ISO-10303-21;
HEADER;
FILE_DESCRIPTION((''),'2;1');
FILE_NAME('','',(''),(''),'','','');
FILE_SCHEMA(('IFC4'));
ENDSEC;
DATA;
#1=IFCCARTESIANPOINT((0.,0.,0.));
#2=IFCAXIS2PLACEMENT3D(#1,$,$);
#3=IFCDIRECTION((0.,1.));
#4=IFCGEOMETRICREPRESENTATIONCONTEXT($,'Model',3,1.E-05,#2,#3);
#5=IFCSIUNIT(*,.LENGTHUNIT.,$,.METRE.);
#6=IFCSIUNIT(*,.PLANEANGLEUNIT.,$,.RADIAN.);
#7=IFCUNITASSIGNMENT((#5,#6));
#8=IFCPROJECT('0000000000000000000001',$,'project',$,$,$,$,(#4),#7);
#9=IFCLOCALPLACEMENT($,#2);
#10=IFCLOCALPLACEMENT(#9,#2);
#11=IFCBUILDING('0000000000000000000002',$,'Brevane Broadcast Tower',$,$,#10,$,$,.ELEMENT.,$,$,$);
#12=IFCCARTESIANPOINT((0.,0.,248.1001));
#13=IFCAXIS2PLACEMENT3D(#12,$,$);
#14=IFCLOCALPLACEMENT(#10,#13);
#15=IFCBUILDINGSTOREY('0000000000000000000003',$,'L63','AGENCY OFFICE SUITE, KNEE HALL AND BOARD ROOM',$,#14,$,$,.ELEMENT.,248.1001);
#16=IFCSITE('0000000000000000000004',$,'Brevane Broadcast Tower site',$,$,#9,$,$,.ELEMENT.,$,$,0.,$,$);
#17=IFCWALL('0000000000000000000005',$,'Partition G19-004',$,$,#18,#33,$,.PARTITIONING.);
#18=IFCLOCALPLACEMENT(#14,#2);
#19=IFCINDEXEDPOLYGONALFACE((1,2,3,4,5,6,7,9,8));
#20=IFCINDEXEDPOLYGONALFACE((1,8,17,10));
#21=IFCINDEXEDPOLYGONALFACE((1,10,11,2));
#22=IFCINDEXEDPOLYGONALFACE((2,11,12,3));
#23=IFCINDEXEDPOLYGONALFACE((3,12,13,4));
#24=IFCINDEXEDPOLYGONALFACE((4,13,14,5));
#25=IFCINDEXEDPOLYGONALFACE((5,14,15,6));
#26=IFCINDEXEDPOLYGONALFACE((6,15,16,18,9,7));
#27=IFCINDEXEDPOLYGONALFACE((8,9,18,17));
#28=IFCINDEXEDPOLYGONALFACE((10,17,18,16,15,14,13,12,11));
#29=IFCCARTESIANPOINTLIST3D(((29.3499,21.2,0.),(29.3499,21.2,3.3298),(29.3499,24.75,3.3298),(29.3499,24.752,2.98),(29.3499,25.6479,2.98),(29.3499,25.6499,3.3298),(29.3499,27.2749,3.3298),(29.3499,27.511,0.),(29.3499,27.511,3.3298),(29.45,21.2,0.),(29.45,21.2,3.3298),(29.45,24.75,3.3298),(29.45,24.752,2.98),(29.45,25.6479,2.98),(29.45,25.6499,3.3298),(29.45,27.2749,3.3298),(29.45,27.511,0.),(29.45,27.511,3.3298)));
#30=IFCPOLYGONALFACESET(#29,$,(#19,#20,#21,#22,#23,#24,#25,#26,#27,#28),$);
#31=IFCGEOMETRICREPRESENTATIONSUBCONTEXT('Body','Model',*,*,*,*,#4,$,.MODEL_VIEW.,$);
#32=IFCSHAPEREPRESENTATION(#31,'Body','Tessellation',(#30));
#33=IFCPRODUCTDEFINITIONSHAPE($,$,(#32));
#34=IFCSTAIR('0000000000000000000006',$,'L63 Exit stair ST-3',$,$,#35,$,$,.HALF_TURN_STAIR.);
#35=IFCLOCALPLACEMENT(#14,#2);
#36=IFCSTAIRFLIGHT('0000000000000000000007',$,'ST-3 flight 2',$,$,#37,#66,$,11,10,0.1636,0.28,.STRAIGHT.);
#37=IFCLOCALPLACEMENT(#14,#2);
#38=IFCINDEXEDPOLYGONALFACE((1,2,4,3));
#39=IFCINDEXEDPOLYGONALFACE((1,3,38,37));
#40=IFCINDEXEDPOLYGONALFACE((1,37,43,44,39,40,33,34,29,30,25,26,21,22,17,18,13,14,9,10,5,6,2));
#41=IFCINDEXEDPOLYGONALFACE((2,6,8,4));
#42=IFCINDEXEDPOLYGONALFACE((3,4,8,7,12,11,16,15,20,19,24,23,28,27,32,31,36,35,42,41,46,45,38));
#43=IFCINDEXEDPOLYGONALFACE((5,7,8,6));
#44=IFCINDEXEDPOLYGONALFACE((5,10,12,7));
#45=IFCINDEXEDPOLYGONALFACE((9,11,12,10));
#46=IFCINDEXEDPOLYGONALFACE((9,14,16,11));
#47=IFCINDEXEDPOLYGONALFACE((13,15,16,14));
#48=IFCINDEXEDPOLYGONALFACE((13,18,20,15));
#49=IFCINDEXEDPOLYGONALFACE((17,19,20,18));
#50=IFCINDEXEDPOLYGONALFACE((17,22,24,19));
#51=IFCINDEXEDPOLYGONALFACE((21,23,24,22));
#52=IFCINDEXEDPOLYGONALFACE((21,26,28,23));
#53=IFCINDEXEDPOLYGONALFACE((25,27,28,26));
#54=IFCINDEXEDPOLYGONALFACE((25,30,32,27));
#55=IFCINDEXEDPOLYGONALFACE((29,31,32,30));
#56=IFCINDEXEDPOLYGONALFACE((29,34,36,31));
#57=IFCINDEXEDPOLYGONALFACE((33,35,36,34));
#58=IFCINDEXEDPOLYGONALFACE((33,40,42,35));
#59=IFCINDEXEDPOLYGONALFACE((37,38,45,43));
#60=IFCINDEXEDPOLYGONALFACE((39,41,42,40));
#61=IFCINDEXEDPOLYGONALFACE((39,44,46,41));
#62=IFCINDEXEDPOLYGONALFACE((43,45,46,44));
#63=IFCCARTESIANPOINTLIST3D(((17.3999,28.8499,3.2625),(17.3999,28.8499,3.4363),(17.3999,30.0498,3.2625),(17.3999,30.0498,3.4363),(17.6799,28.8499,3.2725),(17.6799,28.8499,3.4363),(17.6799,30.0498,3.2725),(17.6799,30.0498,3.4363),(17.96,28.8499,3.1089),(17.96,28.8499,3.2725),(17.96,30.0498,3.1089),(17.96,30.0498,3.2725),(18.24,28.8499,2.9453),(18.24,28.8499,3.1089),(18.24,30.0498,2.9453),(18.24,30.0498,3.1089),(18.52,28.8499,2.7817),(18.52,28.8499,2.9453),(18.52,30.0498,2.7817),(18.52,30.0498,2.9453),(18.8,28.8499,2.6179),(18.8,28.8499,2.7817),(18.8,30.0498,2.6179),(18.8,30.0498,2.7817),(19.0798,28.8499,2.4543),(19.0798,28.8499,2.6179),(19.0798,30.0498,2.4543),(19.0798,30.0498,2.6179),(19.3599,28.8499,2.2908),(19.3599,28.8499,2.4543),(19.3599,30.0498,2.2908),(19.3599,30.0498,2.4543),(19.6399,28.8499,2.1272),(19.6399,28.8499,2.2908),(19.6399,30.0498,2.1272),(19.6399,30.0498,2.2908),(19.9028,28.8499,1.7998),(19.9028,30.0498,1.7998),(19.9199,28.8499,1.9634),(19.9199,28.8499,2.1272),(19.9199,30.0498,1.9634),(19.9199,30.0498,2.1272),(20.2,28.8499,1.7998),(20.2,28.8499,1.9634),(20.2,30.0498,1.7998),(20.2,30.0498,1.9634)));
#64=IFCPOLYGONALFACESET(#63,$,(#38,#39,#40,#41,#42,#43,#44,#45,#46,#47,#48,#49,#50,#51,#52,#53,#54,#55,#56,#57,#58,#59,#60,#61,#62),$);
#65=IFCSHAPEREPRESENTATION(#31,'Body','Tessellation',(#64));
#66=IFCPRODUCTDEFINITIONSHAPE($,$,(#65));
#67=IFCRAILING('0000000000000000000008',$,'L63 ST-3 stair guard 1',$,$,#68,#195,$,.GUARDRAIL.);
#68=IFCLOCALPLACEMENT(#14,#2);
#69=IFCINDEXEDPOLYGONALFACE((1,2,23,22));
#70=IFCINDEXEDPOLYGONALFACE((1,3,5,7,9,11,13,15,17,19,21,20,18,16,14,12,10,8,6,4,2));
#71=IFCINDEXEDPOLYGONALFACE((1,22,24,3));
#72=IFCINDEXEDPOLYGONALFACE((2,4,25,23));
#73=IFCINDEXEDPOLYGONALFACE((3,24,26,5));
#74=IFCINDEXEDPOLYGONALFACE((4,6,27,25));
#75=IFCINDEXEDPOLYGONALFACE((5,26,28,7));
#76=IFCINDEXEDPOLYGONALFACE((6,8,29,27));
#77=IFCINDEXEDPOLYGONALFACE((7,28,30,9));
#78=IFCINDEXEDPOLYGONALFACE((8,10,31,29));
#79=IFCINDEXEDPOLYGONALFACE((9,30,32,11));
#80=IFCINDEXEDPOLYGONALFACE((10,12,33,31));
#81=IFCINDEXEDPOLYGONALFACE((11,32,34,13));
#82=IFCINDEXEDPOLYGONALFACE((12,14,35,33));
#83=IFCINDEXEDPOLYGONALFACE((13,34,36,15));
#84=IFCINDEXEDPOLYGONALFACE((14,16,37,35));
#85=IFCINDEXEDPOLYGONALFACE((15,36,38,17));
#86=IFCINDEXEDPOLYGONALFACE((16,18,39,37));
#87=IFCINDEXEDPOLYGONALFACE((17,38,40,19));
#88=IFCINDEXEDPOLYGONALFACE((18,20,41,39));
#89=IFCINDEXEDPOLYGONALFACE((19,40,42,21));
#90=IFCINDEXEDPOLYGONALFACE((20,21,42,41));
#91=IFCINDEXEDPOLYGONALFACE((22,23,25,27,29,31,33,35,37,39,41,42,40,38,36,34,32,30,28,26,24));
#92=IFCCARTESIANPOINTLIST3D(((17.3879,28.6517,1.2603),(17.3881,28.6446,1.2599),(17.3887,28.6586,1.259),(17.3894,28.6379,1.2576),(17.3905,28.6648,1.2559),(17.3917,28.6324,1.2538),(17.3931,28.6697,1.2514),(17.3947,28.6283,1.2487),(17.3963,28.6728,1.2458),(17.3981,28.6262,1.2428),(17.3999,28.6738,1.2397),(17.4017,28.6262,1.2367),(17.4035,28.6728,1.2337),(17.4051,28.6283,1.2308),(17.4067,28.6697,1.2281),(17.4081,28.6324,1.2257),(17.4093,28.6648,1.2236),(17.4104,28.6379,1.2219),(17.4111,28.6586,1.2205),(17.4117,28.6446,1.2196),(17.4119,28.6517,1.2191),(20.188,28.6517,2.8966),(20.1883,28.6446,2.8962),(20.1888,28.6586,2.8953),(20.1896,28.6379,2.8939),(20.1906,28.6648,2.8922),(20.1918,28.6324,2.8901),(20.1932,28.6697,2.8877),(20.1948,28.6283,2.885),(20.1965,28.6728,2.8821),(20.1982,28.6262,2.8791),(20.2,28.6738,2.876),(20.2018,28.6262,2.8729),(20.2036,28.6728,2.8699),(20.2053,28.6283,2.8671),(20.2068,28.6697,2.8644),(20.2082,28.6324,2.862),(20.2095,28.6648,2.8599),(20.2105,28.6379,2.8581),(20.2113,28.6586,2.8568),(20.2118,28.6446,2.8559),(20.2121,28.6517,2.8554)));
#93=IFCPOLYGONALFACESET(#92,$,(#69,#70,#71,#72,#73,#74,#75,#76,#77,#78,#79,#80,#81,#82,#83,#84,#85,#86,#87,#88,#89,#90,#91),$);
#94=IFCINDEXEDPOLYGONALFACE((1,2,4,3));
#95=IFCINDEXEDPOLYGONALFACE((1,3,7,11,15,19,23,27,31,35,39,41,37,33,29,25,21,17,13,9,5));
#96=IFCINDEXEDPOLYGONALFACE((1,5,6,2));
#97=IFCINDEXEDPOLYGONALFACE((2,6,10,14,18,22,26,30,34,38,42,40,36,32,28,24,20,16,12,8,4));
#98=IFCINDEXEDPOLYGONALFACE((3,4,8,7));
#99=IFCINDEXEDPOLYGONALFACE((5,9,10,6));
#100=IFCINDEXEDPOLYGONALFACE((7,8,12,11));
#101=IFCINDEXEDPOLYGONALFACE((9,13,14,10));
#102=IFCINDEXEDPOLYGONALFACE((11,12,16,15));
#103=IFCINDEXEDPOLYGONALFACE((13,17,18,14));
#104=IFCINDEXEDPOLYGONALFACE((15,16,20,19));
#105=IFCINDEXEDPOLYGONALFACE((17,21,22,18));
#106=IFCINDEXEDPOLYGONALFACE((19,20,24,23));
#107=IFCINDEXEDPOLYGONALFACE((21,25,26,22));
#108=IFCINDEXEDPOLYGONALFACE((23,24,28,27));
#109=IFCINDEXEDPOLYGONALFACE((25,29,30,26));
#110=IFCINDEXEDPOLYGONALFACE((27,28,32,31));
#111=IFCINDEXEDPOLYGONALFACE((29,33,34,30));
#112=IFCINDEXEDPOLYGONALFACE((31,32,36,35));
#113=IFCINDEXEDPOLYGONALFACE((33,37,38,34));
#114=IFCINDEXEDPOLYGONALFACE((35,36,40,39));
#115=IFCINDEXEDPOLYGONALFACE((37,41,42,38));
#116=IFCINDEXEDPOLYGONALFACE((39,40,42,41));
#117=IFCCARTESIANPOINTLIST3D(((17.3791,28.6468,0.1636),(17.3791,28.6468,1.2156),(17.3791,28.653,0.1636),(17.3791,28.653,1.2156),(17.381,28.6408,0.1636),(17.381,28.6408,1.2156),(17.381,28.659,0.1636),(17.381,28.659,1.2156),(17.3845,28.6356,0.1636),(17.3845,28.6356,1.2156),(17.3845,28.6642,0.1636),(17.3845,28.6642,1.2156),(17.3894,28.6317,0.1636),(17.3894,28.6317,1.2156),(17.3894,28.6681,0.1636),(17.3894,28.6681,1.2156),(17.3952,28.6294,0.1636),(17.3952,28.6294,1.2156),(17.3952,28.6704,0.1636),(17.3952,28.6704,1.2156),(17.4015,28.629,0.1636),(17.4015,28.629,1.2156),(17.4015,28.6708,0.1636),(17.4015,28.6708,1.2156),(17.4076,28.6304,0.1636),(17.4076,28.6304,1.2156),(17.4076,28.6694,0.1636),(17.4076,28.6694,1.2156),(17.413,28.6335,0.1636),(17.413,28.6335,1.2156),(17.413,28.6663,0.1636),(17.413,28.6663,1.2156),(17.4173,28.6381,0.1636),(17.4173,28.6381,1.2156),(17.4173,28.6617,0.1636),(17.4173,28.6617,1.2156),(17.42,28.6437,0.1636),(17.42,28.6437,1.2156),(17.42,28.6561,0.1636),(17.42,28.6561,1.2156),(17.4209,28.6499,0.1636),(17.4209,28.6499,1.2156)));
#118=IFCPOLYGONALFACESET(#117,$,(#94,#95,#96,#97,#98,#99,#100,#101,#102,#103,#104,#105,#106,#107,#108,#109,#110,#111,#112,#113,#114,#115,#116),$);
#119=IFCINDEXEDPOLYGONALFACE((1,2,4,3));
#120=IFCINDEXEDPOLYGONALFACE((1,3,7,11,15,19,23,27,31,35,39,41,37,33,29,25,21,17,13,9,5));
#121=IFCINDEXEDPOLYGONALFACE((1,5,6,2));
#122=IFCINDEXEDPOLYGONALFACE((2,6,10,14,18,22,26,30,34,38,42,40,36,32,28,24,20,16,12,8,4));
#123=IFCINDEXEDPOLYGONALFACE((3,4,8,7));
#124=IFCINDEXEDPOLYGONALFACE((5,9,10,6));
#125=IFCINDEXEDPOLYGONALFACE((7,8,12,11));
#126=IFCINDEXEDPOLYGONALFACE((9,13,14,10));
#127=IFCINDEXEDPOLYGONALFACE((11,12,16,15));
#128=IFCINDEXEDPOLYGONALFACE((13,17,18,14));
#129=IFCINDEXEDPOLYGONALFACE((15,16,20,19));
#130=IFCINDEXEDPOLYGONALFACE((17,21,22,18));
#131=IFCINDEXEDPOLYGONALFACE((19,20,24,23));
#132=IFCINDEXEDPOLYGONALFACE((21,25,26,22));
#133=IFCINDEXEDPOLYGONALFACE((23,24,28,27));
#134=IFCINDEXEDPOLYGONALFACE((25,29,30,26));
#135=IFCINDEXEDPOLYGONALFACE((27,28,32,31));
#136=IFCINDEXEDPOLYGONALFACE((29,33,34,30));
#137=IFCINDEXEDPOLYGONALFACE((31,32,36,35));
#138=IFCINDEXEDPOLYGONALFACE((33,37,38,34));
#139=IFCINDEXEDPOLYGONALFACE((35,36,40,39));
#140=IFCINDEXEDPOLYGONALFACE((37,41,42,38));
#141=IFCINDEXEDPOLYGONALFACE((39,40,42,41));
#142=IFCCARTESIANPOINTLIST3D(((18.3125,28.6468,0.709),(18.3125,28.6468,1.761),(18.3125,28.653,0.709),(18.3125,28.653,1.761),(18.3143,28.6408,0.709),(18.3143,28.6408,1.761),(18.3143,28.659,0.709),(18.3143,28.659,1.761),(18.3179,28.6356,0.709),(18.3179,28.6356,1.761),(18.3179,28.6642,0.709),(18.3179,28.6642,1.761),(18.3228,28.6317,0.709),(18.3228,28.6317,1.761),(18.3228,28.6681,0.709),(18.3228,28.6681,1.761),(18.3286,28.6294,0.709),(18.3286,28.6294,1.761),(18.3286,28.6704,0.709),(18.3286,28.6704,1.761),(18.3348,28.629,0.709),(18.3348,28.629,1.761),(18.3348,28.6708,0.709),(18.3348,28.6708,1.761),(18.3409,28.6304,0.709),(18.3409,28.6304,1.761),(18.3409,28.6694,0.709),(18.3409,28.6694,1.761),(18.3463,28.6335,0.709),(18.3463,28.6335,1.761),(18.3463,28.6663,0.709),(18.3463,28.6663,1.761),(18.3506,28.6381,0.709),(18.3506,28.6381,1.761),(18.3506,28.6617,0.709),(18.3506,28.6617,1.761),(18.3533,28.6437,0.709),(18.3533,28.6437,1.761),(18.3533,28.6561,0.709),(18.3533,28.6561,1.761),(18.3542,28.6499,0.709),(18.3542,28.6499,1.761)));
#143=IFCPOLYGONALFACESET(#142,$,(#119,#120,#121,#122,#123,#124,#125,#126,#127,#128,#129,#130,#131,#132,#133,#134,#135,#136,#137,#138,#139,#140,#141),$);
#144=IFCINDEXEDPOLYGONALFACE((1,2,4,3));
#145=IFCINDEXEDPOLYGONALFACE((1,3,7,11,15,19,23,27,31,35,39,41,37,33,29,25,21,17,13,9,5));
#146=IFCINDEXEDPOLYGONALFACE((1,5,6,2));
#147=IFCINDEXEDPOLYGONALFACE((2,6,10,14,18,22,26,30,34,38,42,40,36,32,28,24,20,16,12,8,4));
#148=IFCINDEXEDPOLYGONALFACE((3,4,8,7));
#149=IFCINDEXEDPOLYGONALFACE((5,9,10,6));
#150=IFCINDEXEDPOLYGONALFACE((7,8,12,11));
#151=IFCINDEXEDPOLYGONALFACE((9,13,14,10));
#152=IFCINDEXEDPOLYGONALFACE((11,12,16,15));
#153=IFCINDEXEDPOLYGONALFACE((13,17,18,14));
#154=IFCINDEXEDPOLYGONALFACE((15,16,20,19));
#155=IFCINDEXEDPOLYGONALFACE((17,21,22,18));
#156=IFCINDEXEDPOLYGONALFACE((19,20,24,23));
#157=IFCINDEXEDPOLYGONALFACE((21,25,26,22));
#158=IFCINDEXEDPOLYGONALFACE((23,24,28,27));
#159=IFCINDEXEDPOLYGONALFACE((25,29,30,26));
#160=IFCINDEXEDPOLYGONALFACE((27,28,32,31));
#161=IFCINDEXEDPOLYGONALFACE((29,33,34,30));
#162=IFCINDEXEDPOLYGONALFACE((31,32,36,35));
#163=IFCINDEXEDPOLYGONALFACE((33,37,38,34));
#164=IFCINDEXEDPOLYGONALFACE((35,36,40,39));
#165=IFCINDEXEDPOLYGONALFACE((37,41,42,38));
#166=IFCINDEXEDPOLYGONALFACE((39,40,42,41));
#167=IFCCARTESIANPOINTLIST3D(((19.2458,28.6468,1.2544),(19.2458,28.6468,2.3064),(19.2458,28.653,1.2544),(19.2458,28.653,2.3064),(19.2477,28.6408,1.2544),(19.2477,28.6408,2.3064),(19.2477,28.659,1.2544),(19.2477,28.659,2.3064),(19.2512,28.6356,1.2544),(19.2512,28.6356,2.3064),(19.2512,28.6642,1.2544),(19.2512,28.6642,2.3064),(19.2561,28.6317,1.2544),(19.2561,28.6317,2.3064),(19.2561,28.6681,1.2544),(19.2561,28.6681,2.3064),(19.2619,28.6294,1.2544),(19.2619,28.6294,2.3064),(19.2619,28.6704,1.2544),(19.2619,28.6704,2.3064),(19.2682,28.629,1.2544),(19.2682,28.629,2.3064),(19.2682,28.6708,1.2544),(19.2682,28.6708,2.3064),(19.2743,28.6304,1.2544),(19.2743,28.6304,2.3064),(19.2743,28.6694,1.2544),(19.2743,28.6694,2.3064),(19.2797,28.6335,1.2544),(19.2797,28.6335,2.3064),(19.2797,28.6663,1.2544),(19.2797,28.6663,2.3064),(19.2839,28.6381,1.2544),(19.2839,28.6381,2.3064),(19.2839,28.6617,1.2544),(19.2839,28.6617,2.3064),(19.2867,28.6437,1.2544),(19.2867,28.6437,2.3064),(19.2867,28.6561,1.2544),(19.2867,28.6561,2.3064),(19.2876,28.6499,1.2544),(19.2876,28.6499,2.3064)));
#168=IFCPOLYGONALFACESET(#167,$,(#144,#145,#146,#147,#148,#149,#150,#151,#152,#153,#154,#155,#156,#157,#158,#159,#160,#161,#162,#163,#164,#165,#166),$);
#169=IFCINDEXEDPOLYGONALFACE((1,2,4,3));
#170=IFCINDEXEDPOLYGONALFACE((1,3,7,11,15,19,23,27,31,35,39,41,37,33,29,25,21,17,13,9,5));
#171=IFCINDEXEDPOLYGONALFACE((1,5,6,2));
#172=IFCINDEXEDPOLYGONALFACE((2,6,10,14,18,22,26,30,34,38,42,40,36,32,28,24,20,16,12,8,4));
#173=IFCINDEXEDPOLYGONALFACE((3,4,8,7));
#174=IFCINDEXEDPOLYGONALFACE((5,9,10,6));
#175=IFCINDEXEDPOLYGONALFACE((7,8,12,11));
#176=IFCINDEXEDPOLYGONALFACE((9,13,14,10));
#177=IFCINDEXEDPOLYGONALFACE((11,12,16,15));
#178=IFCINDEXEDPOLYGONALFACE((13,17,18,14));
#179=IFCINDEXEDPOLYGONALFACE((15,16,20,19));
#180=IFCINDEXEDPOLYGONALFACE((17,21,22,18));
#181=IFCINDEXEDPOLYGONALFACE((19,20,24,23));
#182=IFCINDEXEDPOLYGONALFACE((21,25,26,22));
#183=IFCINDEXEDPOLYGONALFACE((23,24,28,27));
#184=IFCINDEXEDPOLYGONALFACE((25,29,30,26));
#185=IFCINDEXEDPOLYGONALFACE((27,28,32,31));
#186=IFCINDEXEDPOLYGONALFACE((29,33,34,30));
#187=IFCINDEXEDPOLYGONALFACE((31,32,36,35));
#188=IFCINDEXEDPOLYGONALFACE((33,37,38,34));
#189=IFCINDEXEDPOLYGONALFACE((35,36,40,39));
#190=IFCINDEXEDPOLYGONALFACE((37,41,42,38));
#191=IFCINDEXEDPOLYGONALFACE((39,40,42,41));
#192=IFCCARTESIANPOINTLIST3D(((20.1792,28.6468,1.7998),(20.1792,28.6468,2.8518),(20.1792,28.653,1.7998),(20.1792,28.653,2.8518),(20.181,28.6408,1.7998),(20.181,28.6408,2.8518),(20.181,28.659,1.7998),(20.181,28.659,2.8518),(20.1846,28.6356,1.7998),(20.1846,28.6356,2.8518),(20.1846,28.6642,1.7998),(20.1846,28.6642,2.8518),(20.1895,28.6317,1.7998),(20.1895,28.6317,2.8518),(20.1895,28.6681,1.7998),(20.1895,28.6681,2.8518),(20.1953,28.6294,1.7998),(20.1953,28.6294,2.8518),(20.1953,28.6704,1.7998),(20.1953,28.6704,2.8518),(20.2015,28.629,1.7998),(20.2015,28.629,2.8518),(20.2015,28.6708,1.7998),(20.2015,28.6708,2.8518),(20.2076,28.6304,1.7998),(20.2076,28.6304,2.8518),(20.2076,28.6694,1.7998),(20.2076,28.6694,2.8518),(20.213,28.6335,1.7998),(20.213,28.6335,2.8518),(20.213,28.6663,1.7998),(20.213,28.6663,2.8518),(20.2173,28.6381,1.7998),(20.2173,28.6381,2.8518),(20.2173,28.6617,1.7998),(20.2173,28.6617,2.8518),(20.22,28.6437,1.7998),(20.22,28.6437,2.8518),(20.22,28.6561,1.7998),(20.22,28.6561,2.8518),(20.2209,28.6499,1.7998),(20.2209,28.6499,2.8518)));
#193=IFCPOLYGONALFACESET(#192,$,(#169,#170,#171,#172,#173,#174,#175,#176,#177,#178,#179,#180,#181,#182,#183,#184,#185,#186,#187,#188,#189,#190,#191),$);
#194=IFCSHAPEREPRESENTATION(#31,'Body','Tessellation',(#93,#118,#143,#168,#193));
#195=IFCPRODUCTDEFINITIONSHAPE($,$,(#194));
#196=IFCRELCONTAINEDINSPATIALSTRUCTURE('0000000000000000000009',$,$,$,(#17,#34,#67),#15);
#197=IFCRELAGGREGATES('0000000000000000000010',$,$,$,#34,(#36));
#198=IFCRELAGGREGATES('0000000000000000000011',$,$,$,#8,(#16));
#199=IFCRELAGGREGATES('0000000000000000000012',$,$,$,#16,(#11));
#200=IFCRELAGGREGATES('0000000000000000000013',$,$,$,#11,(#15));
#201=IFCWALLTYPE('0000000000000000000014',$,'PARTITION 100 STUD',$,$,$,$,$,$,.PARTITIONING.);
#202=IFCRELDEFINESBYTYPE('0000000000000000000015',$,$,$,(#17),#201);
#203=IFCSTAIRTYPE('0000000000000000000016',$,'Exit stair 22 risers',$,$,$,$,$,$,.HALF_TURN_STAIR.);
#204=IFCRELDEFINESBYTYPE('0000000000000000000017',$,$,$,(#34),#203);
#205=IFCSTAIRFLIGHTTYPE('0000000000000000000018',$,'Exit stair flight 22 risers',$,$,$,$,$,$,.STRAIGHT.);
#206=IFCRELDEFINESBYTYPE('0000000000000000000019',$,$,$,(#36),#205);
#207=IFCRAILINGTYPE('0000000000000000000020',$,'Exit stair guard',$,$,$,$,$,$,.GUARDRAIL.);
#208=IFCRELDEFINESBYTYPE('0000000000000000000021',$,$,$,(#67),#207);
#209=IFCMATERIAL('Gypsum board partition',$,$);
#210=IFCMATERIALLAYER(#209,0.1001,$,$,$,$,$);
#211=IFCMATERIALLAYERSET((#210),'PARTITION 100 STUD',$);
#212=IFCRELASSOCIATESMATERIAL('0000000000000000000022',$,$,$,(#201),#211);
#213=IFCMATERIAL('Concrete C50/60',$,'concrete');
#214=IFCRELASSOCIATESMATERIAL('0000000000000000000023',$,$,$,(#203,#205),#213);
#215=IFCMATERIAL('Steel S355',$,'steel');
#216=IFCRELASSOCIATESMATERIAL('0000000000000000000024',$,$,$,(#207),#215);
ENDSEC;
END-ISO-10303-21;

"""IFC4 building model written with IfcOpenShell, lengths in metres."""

from ifc_helpers import new_model, si_unit, direction, frame, origin, origin_2d, place, context, subcontext, project, spatial, polyline, circle, outline, extrude, material, layer, layer_set, type_object, element, aggregate, save


model = new_model("IFC4")

# Units and contexts
model_context = context("Model", 3, precision=1e-05, world=origin(), true_north=direction((0.0, 1.0)))
body_context = subcontext(model_context, "Body", "Model", "MODEL_VIEW")
ifc_project = project(units=[si_unit("LENGTHUNIT", "METRE"), si_unit("PLANEANGLEUNIT", "RADIAN")], contexts=[model_context])

# Site, building, storey
site_placement = place(None, origin())
site = spatial("IfcSite", under=ifc_project, at=site_placement, Name="Brevane Broadcast Tower site", CompositionType="ELEMENT", RefElevation=0.0)
building_placement = place(site_placement, origin())
building = spatial("IfcBuilding", under=site, at=building_placement, Name="Brevane Broadcast Tower", CompositionType="ELEMENT")
storey_placement = place(building_placement, frame((0.0, 0.0, 248.1001)))
storey = spatial("IfcBuildingStorey", under=building, at=storey_placement, Name="L63", Description="AGENCY OFFICE SUITE, KNEE HALL AND BOARD ROOM", CompositionType="ELEMENT", Elevation=248.1001)

# Wall
ifc_material_1 = material(Name="Concrete C50/60", Category="concrete")
ifc_material_2 = material(Name="Gypsum board partition")
ifc_layer_1 = layer(ifc_material_2, 0.1001)
ifc_layer_set_1 = layer_set([ifc_layer_1], Name="PARTITION 100 STUD")
wall_type_1 = type_object("IfcWallType", Name="PARTITION 100 STUD", PredefinedType="PARTITIONING", material=ifc_layer_set_1)
wall_1_placement = place(storey_placement, frame((29.3999, 27.511, 0.0), z_axis=(0.0, 0.0, 1.0), x_axis=(0.0, -1.0, 0.0)))
element("IfcWall", 1, at=wall_1_placement, inside=storey, type_object=wall_type_1, Name="Partition G19-004", PredefinedType="PARTITIONING", context=body_context, shape_type="SweptSolid", body=[
    extrude(outline(polyline([(0.0, 0.0), (6.311, 0.0), (6.311, 3.3298), (2.761, 3.3298), (2.759, 2.98), (1.863, 2.98), (1.8611, 3.3298), (0.2361, 3.3298), (0.0, 3.3298), (0.0, 0.0)])), frame((0.0, 0.05, 0.0), z_axis=(0.0, -1.0, 0.0), x_axis=(1.0, 0.0, 0.0)), (0.0, 0.0, 1.0), 0.1001),
])

# Stair, stair flight
stair_type = type_object("IfcStairType", Name="Exit stair 22 risers", PredefinedType="HALF_TURN_STAIR", material=ifc_material_1)
stair_placement = place(storey_placement, origin())
stair = element("IfcStair", 2, at=stair_placement, inside=storey, type_object=stair_type, Name="L63 Exit stair ST-3", PredefinedType="HALF_TURN_STAIR")
stair_flight_type = type_object("IfcStairFlightType", Name="Exit stair flight 22 risers", PredefinedType="STRAIGHT", material=ifc_material_1)
stair_flight_placement = place(storey_placement, frame((20.2, 29.45, 1.7998), z_axis=(0.0, 0.0, 1.0), x_axis=(-1.0, 0.0, 0.0)))
stair_flight = element("IfcStairFlight", 3, at=stair_flight_placement, type_object=stair_flight_type, Name="ST-3 flight 2", NumberOfRisers=11, NumberOfTreads=10, PredefinedType="STRAIGHT", RiserHeight=0.1636, TreadLength=0.28, context=body_context, shape_type="SweptSolid", body=[
    extrude(outline(polyline([(0.0, 0.0), (0.0, 0.1636), (0.28, 0.1636), (0.28, 0.3274), (0.5601, 0.3274), (0.5601, 0.491), (0.8401, 0.491), (0.8401, 0.6545), (1.1201, 0.6545), (1.1201, 0.8181), (1.3999, 0.8181), (1.3999, 0.9819), (1.6799, 0.9819), (1.6799, 1.1455), (1.96, 1.1455), (1.96, 1.3091), (2.24, 1.3091), (2.24, 1.4727), (2.52, 1.4727), (2.52, 1.6365), (2.8, 1.6365), (2.8, 1.8), (2.8, 1.4626), (0.2971, 0.0), (0.0, 0.0)])), frame((0.0, 0.6001, 0.0), z_axis=(0.0, -1.0, 0.0), x_axis=(1.0, 0.0, 0.0)), (0.0, 0.0, 1.0), 1.2),
])
aggregate(stair, [stair_flight])

# Railing
ifc_material_3 = material(Name="Steel S355", Category="steel")
railing_type_1 = type_object("IfcRailingType", Name="Exit stair guard", PredefinedType="GUARDRAIL", material=ifc_material_3)
railing_1_placement = place(storey_placement, frame((17.3999, 28.6499, 0.1636)))
element("IfcRailing", 4, at=railing_1_placement, inside=storey, type_object=railing_type_1, Name="L63 ST-3 stair guard 1", PredefinedType="GUARDRAIL", context=body_context, shape_type="SweptSolid", body=[
    extrude(circle(Radius=0.0239, at=origin_2d()), frame((0.0, 0.0, 1.0762), z_axis=(0.863394, 0.0, 0.504531), x_axis=(0.0, 1.0, 0.0)), (0.0, 0.0, 1.0), 3.2432),
    extrude(circle(Radius=0.021, at=origin_2d()), origin(), (0.0, 0.0, 1.0), 1.052),
    extrude(circle(Radius=0.021, at=origin_2d()), frame((0.9333, 0.0, 0.5454)), (0.0, 0.0, 1.0), 1.052),
    extrude(circle(Radius=0.021, at=origin_2d()), frame((1.8667, 0.0, 1.0908)), (0.0, 0.0, 1.0), 1.052),
    extrude(circle(Radius=0.021, at=origin_2d()), frame((2.8, 0.0, 1.6362)), (0.0, 0.0, 1.0), 1.052),
])

save(model, "model.ifc")
